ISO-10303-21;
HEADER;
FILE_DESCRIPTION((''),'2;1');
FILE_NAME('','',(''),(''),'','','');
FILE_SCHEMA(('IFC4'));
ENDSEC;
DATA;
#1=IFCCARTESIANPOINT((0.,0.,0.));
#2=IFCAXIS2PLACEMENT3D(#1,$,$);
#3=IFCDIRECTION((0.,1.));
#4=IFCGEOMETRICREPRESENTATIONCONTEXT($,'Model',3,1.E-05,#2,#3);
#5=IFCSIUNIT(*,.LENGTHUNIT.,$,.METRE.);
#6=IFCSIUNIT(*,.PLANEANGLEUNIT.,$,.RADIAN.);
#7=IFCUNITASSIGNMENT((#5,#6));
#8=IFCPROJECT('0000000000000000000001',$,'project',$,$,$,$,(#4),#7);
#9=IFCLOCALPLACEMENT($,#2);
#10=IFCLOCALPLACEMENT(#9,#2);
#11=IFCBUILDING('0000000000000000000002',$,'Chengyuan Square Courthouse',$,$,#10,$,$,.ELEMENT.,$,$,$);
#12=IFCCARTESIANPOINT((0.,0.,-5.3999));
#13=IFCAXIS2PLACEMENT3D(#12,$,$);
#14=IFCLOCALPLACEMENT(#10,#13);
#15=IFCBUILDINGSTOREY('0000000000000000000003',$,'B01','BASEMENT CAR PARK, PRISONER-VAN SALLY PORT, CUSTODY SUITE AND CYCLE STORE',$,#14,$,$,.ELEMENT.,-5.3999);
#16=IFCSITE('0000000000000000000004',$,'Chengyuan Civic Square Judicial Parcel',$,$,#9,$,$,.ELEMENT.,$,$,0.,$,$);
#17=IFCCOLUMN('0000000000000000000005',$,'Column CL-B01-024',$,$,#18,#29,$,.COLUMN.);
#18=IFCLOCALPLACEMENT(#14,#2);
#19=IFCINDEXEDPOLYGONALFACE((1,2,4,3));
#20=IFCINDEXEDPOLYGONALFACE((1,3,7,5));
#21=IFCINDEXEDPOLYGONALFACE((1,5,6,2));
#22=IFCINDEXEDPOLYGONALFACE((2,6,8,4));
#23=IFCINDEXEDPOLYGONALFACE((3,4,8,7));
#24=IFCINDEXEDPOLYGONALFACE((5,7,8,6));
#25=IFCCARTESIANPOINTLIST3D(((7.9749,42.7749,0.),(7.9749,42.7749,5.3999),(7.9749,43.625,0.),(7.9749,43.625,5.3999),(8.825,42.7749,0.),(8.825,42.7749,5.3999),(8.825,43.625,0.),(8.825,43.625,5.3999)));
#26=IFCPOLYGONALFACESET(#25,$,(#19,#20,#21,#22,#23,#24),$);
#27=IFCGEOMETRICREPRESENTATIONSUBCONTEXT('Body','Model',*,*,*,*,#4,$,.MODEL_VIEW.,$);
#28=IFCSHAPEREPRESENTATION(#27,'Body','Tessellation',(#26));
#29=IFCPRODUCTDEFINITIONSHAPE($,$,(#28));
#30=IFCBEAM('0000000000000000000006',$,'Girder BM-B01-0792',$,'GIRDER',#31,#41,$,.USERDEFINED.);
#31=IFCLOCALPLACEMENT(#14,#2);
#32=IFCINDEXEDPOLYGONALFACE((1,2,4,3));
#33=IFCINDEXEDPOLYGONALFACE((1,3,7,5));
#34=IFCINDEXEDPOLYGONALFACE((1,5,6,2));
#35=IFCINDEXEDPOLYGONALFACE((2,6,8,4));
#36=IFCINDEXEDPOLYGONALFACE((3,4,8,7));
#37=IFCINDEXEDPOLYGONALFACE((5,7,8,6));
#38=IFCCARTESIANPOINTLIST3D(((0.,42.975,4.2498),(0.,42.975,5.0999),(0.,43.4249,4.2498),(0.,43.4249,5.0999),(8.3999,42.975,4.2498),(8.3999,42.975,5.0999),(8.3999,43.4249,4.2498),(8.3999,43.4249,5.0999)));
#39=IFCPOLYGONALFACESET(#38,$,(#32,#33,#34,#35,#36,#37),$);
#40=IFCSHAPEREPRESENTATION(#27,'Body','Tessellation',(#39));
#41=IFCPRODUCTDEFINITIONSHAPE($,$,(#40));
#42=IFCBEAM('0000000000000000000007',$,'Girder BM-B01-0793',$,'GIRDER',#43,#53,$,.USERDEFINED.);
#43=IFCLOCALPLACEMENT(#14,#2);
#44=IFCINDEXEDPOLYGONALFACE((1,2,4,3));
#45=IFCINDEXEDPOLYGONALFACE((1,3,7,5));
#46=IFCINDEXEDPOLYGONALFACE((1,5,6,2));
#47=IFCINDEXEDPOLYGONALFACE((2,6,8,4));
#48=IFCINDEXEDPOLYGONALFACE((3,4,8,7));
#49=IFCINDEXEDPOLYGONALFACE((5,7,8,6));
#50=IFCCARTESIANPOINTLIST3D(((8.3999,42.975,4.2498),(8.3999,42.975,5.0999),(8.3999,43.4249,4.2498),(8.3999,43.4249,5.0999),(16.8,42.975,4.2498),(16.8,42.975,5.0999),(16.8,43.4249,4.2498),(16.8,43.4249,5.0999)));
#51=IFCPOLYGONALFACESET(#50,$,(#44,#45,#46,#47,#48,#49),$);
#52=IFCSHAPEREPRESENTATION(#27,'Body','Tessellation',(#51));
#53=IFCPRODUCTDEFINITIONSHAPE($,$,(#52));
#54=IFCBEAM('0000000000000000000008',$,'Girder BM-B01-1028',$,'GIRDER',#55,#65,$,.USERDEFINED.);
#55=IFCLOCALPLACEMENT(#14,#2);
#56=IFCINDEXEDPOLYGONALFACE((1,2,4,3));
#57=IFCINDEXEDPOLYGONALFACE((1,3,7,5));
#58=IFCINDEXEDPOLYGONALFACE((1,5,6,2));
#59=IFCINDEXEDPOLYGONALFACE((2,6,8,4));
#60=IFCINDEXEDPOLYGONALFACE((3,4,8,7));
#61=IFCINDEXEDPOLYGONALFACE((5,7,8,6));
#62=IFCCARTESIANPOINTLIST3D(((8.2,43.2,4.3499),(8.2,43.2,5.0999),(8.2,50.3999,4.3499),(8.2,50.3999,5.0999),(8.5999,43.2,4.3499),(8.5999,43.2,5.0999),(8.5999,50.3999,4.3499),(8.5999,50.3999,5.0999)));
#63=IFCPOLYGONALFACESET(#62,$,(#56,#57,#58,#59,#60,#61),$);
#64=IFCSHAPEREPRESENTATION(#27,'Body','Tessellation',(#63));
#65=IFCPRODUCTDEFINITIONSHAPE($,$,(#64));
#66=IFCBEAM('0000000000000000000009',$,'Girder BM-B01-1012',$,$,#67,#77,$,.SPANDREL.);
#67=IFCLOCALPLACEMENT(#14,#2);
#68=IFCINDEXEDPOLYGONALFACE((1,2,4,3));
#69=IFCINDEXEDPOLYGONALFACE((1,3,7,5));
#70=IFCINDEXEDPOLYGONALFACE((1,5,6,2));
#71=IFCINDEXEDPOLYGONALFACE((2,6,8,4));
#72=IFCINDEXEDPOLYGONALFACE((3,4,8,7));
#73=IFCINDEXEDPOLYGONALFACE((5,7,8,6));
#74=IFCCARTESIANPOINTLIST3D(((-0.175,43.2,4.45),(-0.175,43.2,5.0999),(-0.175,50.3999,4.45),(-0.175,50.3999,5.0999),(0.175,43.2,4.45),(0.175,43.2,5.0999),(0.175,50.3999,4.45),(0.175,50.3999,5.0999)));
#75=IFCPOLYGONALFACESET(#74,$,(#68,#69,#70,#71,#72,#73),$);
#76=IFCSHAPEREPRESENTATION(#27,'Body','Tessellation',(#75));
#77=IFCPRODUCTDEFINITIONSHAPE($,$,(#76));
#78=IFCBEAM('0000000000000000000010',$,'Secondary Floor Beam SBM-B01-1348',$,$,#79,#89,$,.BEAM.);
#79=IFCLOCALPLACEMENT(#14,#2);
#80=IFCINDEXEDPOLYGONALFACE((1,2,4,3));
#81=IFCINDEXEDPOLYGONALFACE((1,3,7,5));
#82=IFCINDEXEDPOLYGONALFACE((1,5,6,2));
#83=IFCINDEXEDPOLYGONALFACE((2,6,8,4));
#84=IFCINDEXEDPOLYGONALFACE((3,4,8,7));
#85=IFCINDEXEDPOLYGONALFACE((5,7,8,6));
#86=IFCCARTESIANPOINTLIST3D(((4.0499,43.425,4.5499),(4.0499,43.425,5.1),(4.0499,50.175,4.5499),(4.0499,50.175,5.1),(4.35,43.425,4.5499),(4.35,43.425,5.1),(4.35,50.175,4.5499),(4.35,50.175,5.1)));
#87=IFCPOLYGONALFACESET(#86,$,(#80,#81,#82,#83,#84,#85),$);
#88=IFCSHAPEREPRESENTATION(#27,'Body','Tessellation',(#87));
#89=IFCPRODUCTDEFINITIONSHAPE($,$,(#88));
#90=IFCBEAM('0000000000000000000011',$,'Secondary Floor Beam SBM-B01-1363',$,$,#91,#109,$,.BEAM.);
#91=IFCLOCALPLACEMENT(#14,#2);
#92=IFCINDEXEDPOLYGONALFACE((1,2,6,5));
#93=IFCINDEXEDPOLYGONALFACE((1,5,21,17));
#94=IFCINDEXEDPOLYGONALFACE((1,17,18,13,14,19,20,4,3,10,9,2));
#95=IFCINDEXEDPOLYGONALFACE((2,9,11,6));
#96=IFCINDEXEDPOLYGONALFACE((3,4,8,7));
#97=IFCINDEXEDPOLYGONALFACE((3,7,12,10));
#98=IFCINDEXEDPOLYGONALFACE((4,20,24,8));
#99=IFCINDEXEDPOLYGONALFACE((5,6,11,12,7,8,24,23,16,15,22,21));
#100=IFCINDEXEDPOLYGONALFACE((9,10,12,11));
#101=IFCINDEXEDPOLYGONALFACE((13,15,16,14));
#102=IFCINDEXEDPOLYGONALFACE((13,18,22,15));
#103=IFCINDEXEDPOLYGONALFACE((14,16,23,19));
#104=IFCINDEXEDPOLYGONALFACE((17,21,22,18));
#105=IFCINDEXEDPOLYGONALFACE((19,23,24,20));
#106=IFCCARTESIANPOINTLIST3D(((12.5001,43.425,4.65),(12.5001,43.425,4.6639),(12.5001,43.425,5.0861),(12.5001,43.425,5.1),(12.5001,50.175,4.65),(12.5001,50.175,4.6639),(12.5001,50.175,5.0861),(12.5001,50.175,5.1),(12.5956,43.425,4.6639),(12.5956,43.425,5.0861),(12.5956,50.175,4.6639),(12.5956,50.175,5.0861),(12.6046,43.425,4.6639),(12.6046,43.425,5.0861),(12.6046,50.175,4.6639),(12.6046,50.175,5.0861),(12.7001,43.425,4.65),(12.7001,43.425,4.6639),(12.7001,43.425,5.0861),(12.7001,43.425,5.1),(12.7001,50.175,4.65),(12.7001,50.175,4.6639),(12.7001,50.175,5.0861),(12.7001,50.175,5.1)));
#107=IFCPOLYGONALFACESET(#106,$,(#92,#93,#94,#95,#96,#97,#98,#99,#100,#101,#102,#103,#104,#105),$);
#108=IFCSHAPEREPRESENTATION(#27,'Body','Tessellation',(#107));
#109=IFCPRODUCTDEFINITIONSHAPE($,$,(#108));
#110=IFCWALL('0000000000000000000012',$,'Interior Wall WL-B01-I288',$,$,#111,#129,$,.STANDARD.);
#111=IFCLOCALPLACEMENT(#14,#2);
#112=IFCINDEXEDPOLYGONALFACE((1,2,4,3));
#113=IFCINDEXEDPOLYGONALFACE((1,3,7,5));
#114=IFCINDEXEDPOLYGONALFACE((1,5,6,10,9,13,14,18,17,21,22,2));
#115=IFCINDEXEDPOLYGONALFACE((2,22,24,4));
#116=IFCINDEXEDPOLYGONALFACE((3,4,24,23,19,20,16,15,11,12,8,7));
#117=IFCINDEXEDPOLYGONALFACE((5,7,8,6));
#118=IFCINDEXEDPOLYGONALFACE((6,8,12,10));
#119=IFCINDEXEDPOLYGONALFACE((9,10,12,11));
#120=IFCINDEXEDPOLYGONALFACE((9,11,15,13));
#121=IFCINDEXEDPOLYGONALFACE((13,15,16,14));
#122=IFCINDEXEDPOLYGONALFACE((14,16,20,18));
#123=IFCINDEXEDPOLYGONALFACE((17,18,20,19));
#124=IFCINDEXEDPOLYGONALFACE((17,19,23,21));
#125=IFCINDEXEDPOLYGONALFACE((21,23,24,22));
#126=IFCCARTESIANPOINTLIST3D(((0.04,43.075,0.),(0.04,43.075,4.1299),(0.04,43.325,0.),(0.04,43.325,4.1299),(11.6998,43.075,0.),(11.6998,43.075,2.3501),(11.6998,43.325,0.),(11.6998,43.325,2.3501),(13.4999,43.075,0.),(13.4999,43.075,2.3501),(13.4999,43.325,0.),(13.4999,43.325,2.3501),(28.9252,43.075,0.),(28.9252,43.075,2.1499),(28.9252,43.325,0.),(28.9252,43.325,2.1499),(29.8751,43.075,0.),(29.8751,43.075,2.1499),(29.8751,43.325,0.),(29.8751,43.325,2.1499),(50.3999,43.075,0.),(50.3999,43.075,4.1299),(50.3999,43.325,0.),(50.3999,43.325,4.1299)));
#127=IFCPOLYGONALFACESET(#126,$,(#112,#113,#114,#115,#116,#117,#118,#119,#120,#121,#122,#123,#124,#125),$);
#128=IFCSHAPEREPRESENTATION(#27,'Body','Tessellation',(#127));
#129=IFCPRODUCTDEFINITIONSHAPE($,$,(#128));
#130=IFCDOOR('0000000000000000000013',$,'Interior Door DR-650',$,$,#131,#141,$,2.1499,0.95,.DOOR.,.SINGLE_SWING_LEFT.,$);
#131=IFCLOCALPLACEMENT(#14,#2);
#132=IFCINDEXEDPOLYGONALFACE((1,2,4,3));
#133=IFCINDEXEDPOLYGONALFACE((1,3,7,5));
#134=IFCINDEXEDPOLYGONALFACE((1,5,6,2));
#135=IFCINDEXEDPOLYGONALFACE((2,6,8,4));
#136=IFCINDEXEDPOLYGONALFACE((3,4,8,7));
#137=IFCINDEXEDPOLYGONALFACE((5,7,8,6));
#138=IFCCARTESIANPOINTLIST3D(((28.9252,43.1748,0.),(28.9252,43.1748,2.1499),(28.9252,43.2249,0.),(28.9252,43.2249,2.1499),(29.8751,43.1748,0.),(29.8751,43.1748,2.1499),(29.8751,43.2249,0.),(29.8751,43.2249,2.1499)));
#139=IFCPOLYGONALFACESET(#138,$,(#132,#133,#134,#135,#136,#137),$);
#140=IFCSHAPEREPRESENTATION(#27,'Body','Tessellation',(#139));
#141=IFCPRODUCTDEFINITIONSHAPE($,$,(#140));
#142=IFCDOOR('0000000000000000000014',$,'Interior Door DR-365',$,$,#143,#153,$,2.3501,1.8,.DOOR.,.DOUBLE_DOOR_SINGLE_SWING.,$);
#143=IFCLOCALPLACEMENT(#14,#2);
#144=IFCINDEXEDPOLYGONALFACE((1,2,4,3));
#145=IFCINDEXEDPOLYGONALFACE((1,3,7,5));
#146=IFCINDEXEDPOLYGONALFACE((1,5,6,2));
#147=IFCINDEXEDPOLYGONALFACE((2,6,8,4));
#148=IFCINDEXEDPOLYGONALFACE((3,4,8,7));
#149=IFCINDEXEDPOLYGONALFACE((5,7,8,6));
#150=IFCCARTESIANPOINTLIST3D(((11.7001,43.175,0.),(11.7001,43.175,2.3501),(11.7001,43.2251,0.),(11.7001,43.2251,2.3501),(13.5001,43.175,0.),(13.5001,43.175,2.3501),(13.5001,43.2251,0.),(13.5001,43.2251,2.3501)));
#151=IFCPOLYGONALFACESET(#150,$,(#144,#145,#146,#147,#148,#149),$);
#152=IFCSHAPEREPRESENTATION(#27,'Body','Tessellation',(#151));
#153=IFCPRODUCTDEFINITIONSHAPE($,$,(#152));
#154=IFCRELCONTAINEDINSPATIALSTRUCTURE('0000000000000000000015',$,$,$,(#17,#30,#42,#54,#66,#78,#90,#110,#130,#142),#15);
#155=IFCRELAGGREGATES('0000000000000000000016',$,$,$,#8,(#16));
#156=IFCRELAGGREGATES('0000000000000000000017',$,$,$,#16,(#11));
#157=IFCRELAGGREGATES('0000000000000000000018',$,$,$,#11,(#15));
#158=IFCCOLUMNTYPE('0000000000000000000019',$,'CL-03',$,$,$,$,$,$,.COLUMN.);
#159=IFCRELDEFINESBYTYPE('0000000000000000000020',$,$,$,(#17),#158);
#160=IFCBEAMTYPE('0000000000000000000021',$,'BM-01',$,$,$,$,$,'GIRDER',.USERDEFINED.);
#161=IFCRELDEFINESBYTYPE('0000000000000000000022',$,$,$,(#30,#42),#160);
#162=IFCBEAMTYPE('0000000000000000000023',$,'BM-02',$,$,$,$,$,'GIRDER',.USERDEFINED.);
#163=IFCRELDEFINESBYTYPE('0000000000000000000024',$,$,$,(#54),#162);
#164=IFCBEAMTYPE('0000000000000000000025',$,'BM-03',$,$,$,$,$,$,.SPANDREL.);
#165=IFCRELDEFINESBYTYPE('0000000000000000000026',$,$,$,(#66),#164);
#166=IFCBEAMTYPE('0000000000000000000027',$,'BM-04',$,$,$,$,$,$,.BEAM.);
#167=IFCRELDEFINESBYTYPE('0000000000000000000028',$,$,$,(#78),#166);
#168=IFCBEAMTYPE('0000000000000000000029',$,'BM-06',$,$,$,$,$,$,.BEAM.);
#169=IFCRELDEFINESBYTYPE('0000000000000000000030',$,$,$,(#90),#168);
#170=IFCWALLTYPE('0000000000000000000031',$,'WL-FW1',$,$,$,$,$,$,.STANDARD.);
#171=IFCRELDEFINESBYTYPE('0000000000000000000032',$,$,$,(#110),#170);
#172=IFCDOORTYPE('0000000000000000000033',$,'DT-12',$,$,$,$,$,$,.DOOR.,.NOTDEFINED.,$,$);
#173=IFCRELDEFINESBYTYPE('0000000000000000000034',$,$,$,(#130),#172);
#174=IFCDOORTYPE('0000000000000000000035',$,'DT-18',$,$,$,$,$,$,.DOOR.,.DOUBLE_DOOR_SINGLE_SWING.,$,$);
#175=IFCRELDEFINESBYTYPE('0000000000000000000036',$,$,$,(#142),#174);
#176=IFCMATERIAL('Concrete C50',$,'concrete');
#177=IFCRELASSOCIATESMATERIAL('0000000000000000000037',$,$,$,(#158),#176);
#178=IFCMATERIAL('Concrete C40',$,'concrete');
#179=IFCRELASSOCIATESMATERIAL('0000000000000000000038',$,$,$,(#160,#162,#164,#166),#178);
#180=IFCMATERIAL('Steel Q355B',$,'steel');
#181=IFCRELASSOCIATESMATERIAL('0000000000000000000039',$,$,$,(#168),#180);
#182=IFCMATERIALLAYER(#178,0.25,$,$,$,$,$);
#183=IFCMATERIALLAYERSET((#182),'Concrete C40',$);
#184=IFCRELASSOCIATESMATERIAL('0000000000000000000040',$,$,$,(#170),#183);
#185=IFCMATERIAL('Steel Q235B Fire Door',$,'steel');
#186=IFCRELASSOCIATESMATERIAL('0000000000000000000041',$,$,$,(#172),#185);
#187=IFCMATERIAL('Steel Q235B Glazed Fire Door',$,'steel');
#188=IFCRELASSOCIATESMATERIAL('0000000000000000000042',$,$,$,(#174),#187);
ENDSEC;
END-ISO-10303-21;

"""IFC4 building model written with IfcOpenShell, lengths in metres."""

from ifc_helpers import new_model, si_unit, direction, frame, frame_2d, origin, origin_2d, place, context, subcontext, project, spatial, rectangle, i_section, extrude, material, layer, layer_set, material_profile, profile_set, type_object, element, fill, save


model = new_model("IFC4")

# Units and contexts
model_context = context("Model", 3, precision=1e-05, world=origin(), true_north=direction((0.0, 1.0)))
body_context = subcontext(model_context, "Body", "Model", "MODEL_VIEW")
ifc_project = project(units=[si_unit("LENGTHUNIT", "METRE"), si_unit("PLANEANGLEUNIT", "RADIAN")], contexts=[model_context])

# Site, building, storey
site_placement = place(None, origin())
site = spatial("IfcSite", under=ifc_project, at=site_placement, Name="Chengyuan Civic Square Judicial Parcel", CompositionType="ELEMENT", RefElevation=0.0)
building_placement = place(site_placement, origin())
building = spatial("IfcBuilding", under=site, at=building_placement, Name="Chengyuan Square Courthouse", CompositionType="ELEMENT")
storey_placement = place(building_placement, frame((0.0, 0.0, -5.3999)))
storey = spatial("IfcBuildingStorey", under=building, at=storey_placement, Name="B01", Description="BASEMENT CAR PARK, PRISONER-VAN SALLY PORT, CUSTODY SUITE AND CYCLE STORE", CompositionType="ELEMENT", Elevation=-5.3999)

# Column
ifc_material_1 = material(Name="Concrete C50", Category="concrete")
ifc_material_profile_1 = material_profile(ifc_material_1, rectangle(XDim=0.8501, YDim=0.8501, at=origin_2d()), Name="RC-COL-850x850")
ifc_profile_set_1 = profile_set([ifc_material_profile_1], Name="Concrete C50")
column_type = type_object("IfcColumnType", Name="CL-03", PredefinedType="COLUMN", material=ifc_profile_set_1)
column_placement = place(storey_placement, frame((8.3999, 43.2, 0.0), z_axis=(0.0, 0.0, 1.0), x_axis=(1.0, 0.0, 0.0)))
element("IfcColumn", 1, at=column_placement, inside=storey, type_object=column_type, Name="Column CL-B01-024", PredefinedType="COLUMN", context=body_context, shape_type="SweptSolid", body=[
    extrude(rectangle(XDim=0.8501, YDim=0.8501, at=origin_2d()), origin(), (0.0, 0.0, 1.0), 5.3999),
])

# Beams
ifc_material_2 = material(Name="Concrete C40", Category="concrete")
ifc_material_profile_2 = material_profile(ifc_material_2, rectangle(XDim=0.45, YDim=0.8501, at=origin_2d()), Name="RC-BM-450x850")
ifc_profile_set_2 = profile_set([ifc_material_profile_2], Name="Concrete C40")
beam_type_1 = type_object("IfcBeamType", Name="BM-01", ElementType="GIRDER", PredefinedType="USERDEFINED", material=ifc_profile_set_2)
beam_1_placement = place(storey_placement, frame((0.0, 43.2, 4.6748), z_axis=(1.0, 0.0, 0.0), x_axis=(0.0, 1.0, 0.0)))
element("IfcBeam", 2, at=beam_1_placement, inside=storey, type_object=beam_type_1, Name="Girder BM-B01-0792", ObjectType="GIRDER", PredefinedType="USERDEFINED", context=body_context, shape_type="SweptSolid", body=[
    extrude(rectangle(XDim=0.45, YDim=0.8501, at=origin_2d()), origin(), (0.0, 0.0, 1.0), 8.3999),
])
beam_2_placement = place(storey_placement, frame((8.3999, 43.2, 4.6748), z_axis=(1.0, 0.0, 0.0), x_axis=(0.0, 1.0, 0.0)))
element("IfcBeam", 3, at=beam_2_placement, inside=storey, type_object=beam_type_1, Name="Girder BM-B01-0793", ObjectType="GIRDER", PredefinedType="USERDEFINED", context=body_context, shape_type="SweptSolid", body=[
    extrude(rectangle(XDim=0.45, YDim=0.8501, at=origin_2d()), origin(), (0.0, 0.0, 1.0), 8.4001),
])
ifc_material_profile_3 = material_profile(ifc_material_2, rectangle(XDim=0.3999, YDim=0.75, at=origin_2d()), Name="RC-BM-400x750")
ifc_profile_set_3 = profile_set([ifc_material_profile_3], Name="Concrete C40")
beam_type_2 = type_object("IfcBeamType", Name="BM-02", ElementType="GIRDER", PredefinedType="USERDEFINED", material=ifc_profile_set_3)
beam_3_placement = place(storey_placement, frame((8.3999, 43.2, 4.7249), z_axis=(0.0, 1.0, 0.0), x_axis=(-1.0, 0.0, 0.0)))
element("IfcBeam", 4, at=beam_3_placement, inside=storey, type_object=beam_type_2, Name="Girder BM-B01-1028", ObjectType="GIRDER", PredefinedType="USERDEFINED", context=body_context, shape_type="SweptSolid", body=[
    extrude(rectangle(XDim=0.3999, YDim=0.75, at=origin_2d()), origin(), (0.0, 0.0, 1.0), 7.2),
])
ifc_material_profile_4 = material_profile(ifc_material_2, rectangle(XDim=0.3501, YDim=0.6499, at=origin_2d()), Name="RC-BM-350x650")
ifc_profile_set_4 = profile_set([ifc_material_profile_4], Name="Concrete C40")
beam_type_3 = type_object("IfcBeamType", Name="BM-03", PredefinedType="SPANDREL", material=ifc_profile_set_4)
beam_4_placement = place(storey_placement, frame((0.0, 43.2, 4.7749), z_axis=(0.0, 1.0, 0.0), x_axis=(-1.0, 0.0, 0.0)))
element("IfcBeam", 5, at=beam_4_placement, inside=storey, type_object=beam_type_3, Name="Girder BM-B01-1012", PredefinedType="SPANDREL", context=body_context, shape_type="SweptSolid", body=[
    extrude(rectangle(XDim=0.3501, YDim=0.6499, at=origin_2d()), origin(), (0.0, 0.0, 1.0), 7.2),
])
ifc_material_profile_5 = material_profile(ifc_material_2, rectangle(XDim=0.3, YDim=0.55, at=origin_2d()), Name="RC-BM-300x550")
ifc_profile_set_5 = profile_set([ifc_material_profile_5], Name="Concrete C40")
beam_type_4 = type_object("IfcBeamType", Name="BM-04", PredefinedType="BEAM", material=ifc_profile_set_5)
beam_5_placement = place(storey_placement, frame((4.2, 43.425, 4.825), z_axis=(0.0, 1.0, 0.0), x_axis=(-1.0, 0.0, 0.0)))
element("IfcBeam", 6, at=beam_5_placement, inside=storey, type_object=beam_type_4, Name="Secondary Floor Beam SBM-B01-1348", PredefinedType="BEAM", context=body_context, shape_type="SweptSolid", body=[
    extrude(rectangle(XDim=0.3, YDim=0.55, at=origin_2d()), origin(), (0.0, 0.0, 1.0), 6.75),
])
ifc_material_3 = material(Name="Steel Q355B", Category="steel")
ifc_material_profile_6 = material_profile(ifc_material_3, i_section(OverallWidth=0.2, OverallDepth=0.45, WebThickness=0.009, FlangeThickness=0.0139, at=origin_2d()), Name="HN 450x200x9x14")
ifc_profile_set_6 = profile_set([ifc_material_profile_6], Name="Steel Q355B")
beam_type_5 = type_object("IfcBeamType", Name="BM-06", PredefinedType="BEAM", material=ifc_profile_set_6)
beam_6_placement = place(storey_placement, frame((12.6001, 43.425, 4.875), z_axis=(0.0, 1.0, 0.0), x_axis=(-1.0, 0.0, 0.0)))
element("IfcBeam", 7, at=beam_6_placement, inside=storey, type_object=beam_type_5, Name="Secondary Floor Beam SBM-B01-1363", PredefinedType="BEAM", context=body_context, shape_type="SweptSolid", body=[
    extrude(i_section(OverallWidth=0.2, OverallDepth=0.45, WebThickness=0.009, FlangeThickness=0.0139, at=origin_2d()), origin(), (0.0, 0.0, 1.0), 6.75),
])

# Wall, openings, doors
ifc_layer_1 = layer(ifc_material_2, 0.25)
ifc_layer_set_1 = layer_set([ifc_layer_1], Name="Concrete C40")
wall_type_1 = type_object("IfcWallType", Name="WL-FW1", PredefinedType="STANDARD", material=ifc_layer_set_1)
wall_1_placement = place(storey_placement, frame((0.04, 43.2, 0.0), z_axis=(0.0, 0.0, 1.0), x_axis=(1.0, 0.0, 0.0)))
wall_1 = element("IfcWall", 8, at=wall_1_placement, inside=storey, type_object=wall_type_1, Name="Interior Wall WL-B01-I288", PredefinedType="STANDARD", context=body_context, shape_type="SweptSolid", body=[
    extrude(rectangle(XDim=50.3599, YDim=0.25, at=frame_2d((25.1799, 0.0))), origin(), (0.0, 0.0, 1.0), 4.1299),
])
opening_1_placement = place(wall_1_placement, frame((11.6599, 0.0, 0.0)))
opening_1 = element("IfcOpeningElement", 9, at=opening_1_placement, cuts=wall_1, PredefinedType="OPENING", context=body_context, shape_type="SweptSolid", body=[
    extrude(rectangle(XDim=1.8, YDim=2.3501, at=frame_2d((0.8999, 1.175))), frame((0.0, 0.137, 0.0), z_axis=(0.0, -1.0, 0.0), x_axis=(1.0, 0.0, 0.0)), (0.0, 0.0, 1.0), 0.2739),
])
opening_2_placement = place(wall_1_placement, frame((28.885, 0.0, 0.0)))
opening_2 = element("IfcOpeningElement", 10, at=opening_2_placement, cuts=wall_1, PredefinedType="OPENING", context=body_context, shape_type="SweptSolid", body=[
    extrude(rectangle(XDim=0.95, YDim=2.1499, at=frame_2d((0.4751, 1.075))), frame((0.0, 0.137, 0.0), z_axis=(0.0, -1.0, 0.0), x_axis=(1.0, 0.0, 0.0)), (0.0, 0.0, 1.0), 0.2739),
])
ifc_material_4 = material(Name="Steel Q235B Fire Door", Category="steel")
door_type_1 = type_object("IfcDoorType", Name="DT-12", OperationType="NOTDEFINED", PredefinedType="DOOR", material=ifc_material_4)
door_1_placement = place(opening_2_placement, origin())
door_1 = element("IfcDoor", 11, at=door_1_placement, inside=storey, type_object=door_type_1, Name="Interior Door DR-650", OperationType="SINGLE_SWING_LEFT", OverallHeight=2.1499, OverallWidth=0.95, PredefinedType="DOOR", context=body_context, shape_type="SweptSolid", body=[
    extrude(rectangle(XDim=0.95, YDim=2.1499, at=frame_2d((0.4751, 1.075))), frame((0.0, 0.0249, 0.0), z_axis=(0.0, -1.0, 0.0), x_axis=(1.0, 0.0, 0.0)), (0.0, 0.0, 1.0), 0.05),
])
fill(opening_2, door_1)
ifc_material_5 = material(Name="Steel Q235B Glazed Fire Door", Category="steel")
door_type_2 = type_object("IfcDoorType", Name="DT-18", OperationType="DOUBLE_DOOR_SINGLE_SWING", PredefinedType="DOOR", material=ifc_material_5)
door_2_placement = place(opening_1_placement, frame((1.8, 0.0, 0.0), z_axis=(0.0, 0.0, 1.0), x_axis=(-1.0, 0.0, 0.0)))
door_2 = element("IfcDoor", 12, at=door_2_placement, inside=storey, type_object=door_type_2, Name="Interior Door DR-365", OperationType="DOUBLE_DOOR_SINGLE_SWING", OverallHeight=2.3501, OverallWidth=1.8, PredefinedType="DOOR", context=body_context, shape_type="SweptSolid", body=[
    extrude(rectangle(XDim=1.8, YDim=2.3501, at=frame_2d((0.8999, 1.175))), frame((0.0, 0.0249, 0.0), z_axis=(0.0, -1.0, 0.0), x_axis=(1.0, 0.0, 0.0)), (0.0, 0.0, 1.0), 0.05),
])
fill(opening_1, door_2)

save(model, "model.ifc")
